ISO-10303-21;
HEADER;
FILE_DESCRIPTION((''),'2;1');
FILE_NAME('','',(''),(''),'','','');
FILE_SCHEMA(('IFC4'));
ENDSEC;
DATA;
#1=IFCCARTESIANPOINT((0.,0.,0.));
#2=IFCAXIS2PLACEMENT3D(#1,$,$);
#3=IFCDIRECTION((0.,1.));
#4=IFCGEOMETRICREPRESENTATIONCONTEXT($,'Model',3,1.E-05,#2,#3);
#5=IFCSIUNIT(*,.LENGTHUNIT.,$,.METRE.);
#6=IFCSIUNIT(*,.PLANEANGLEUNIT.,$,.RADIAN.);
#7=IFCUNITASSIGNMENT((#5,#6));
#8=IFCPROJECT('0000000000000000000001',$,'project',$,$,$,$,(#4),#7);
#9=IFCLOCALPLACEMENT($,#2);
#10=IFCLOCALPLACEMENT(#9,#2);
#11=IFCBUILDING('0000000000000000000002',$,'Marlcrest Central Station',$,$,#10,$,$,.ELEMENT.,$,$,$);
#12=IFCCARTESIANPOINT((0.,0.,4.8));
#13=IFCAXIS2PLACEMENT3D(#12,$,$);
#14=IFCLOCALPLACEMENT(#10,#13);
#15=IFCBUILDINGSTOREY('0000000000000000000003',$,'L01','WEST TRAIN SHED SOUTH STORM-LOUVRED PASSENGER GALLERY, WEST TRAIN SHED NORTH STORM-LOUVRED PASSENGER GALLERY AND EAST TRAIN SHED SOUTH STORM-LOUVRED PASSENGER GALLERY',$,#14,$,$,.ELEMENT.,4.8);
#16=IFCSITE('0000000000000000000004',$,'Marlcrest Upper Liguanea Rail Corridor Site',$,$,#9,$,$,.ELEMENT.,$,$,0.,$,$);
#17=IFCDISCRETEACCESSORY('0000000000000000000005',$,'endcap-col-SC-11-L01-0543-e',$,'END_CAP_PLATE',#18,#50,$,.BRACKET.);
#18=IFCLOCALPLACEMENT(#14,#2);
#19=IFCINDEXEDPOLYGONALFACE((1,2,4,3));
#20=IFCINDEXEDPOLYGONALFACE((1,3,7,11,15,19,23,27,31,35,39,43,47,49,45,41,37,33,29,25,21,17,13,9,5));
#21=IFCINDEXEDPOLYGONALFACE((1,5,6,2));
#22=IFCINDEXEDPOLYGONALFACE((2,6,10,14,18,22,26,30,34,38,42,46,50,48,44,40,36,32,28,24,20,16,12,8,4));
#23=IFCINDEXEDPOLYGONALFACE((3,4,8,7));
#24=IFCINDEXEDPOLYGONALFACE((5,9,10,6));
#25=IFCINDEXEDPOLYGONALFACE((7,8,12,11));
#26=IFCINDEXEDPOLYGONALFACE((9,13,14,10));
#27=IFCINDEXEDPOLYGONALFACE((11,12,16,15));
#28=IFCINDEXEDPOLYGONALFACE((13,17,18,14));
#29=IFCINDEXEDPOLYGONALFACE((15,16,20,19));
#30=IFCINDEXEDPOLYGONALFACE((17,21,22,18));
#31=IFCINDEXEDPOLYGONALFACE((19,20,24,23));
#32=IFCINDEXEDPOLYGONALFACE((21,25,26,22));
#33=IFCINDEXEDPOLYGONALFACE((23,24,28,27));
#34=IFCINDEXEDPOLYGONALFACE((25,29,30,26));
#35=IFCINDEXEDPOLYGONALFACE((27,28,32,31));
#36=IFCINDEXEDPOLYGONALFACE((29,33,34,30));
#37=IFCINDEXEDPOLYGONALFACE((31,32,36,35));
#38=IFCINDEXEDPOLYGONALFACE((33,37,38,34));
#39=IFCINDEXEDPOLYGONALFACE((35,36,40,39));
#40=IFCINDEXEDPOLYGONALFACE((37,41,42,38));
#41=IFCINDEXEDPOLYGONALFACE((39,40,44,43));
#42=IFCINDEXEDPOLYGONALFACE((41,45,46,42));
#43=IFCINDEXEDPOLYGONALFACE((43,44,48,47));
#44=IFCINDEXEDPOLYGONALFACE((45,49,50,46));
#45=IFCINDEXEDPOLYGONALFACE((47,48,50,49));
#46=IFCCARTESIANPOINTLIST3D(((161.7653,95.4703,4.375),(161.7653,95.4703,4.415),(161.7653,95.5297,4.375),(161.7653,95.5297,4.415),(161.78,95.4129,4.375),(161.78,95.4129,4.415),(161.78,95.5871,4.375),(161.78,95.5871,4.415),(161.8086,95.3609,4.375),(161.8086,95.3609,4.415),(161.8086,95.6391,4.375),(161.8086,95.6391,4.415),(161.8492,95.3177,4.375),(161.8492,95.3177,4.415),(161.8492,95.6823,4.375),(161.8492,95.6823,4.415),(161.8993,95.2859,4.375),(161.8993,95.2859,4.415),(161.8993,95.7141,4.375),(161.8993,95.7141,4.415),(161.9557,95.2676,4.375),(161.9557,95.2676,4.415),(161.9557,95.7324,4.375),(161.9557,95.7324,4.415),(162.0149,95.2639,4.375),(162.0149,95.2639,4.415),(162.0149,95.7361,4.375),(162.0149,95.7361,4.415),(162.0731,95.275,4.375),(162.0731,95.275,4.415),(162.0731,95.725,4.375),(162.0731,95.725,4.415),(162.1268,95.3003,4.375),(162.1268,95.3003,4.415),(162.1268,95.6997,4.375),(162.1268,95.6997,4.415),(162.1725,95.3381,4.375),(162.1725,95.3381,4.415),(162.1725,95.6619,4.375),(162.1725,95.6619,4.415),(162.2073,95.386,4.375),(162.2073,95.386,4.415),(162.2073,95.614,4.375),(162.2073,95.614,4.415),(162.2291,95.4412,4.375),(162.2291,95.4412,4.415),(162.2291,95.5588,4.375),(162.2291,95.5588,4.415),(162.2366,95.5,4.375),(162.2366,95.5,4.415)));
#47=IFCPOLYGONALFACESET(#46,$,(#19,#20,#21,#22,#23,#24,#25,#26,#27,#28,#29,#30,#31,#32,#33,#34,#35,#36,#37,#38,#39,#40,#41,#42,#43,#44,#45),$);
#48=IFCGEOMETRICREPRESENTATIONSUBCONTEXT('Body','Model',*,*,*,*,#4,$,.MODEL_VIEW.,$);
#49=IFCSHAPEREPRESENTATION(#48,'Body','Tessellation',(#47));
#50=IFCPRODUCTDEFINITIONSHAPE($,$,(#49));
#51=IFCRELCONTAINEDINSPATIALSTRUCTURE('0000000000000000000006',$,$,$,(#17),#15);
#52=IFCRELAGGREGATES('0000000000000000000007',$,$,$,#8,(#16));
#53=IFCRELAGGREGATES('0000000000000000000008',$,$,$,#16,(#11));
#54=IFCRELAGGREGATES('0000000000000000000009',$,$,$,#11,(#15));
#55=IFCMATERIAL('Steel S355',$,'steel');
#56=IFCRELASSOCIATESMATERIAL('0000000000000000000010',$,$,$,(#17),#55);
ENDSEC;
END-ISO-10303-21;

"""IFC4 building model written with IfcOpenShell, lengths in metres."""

from ifc_helpers import new_model, si_unit, direction, frame, origin, origin_2d, place, context, subcontext, project, spatial, circle, extrude, material, element, save


model = new_model("IFC4")

# Units and contexts
model_context = context("Model", 3, precision=1e-05, world=origin(), true_north=direction((0.0, 1.0)))
body_context = subcontext(model_context, "Body", "Model", "MODEL_VIEW")
ifc_project = project(units=[si_unit("LENGTHUNIT", "METRE"), si_unit("PLANEANGLEUNIT", "RADIAN")], contexts=[model_context])

# Site, building, storey
site_placement = place(None, origin())
site = spatial("IfcSite", under=ifc_project, at=site_placement, Name="Marlcrest Upper Liguanea Rail Corridor Site", CompositionType="ELEMENT", RefElevation=0.0)
building_placement = place(site_placement, origin())
building = spatial("IfcBuilding", under=site, at=building_placement, Name="Marlcrest Central Station", CompositionType="ELEMENT")
storey_placement = place(building_placement, frame((0.0, 0.0, 4.8)))
storey = spatial("IfcBuildingStorey", under=building, at=storey_placement, Name="L01", Description="WEST TRAIN SHED SOUTH STORM-LOUVRED PASSENGER GALLERY, WEST TRAIN SHED NORTH STORM-LOUVRED PASSENGER GALLERY AND EAST TRAIN SHED SOUTH STORM-LOUVRED PASSENGER GALLERY", CompositionType="ELEMENT", Elevation=4.8)

# Shared definitions
ifc_material_1 = material(Name="Steel S355", Category="steel")

# Discrete accessory
for number, where, z_axis, x_axis, name in (
    (1, (162.0, 95.5, 4.375), (0.0, 0.0, 1.0), (1.0, 0.0, 0.0), "endcap-col-SC-11-L01-0543-e"),
):
    element("IfcDiscreteAccessory", number, at=place(storey_placement, frame(where, z_axis=z_axis, x_axis=x_axis)), inside=storey, material=ifc_material_1, Name=name, ObjectType="END_CAP_PLATE", PredefinedType="BRACKET", context=body_context, shape_type="SweptSolid", body=[
        extrude(circle(Radius=0.2366, at=origin_2d()), origin(), (0.0, 0.0, 1.0), 0.04),
    ])

save(model, "model.ifc")
